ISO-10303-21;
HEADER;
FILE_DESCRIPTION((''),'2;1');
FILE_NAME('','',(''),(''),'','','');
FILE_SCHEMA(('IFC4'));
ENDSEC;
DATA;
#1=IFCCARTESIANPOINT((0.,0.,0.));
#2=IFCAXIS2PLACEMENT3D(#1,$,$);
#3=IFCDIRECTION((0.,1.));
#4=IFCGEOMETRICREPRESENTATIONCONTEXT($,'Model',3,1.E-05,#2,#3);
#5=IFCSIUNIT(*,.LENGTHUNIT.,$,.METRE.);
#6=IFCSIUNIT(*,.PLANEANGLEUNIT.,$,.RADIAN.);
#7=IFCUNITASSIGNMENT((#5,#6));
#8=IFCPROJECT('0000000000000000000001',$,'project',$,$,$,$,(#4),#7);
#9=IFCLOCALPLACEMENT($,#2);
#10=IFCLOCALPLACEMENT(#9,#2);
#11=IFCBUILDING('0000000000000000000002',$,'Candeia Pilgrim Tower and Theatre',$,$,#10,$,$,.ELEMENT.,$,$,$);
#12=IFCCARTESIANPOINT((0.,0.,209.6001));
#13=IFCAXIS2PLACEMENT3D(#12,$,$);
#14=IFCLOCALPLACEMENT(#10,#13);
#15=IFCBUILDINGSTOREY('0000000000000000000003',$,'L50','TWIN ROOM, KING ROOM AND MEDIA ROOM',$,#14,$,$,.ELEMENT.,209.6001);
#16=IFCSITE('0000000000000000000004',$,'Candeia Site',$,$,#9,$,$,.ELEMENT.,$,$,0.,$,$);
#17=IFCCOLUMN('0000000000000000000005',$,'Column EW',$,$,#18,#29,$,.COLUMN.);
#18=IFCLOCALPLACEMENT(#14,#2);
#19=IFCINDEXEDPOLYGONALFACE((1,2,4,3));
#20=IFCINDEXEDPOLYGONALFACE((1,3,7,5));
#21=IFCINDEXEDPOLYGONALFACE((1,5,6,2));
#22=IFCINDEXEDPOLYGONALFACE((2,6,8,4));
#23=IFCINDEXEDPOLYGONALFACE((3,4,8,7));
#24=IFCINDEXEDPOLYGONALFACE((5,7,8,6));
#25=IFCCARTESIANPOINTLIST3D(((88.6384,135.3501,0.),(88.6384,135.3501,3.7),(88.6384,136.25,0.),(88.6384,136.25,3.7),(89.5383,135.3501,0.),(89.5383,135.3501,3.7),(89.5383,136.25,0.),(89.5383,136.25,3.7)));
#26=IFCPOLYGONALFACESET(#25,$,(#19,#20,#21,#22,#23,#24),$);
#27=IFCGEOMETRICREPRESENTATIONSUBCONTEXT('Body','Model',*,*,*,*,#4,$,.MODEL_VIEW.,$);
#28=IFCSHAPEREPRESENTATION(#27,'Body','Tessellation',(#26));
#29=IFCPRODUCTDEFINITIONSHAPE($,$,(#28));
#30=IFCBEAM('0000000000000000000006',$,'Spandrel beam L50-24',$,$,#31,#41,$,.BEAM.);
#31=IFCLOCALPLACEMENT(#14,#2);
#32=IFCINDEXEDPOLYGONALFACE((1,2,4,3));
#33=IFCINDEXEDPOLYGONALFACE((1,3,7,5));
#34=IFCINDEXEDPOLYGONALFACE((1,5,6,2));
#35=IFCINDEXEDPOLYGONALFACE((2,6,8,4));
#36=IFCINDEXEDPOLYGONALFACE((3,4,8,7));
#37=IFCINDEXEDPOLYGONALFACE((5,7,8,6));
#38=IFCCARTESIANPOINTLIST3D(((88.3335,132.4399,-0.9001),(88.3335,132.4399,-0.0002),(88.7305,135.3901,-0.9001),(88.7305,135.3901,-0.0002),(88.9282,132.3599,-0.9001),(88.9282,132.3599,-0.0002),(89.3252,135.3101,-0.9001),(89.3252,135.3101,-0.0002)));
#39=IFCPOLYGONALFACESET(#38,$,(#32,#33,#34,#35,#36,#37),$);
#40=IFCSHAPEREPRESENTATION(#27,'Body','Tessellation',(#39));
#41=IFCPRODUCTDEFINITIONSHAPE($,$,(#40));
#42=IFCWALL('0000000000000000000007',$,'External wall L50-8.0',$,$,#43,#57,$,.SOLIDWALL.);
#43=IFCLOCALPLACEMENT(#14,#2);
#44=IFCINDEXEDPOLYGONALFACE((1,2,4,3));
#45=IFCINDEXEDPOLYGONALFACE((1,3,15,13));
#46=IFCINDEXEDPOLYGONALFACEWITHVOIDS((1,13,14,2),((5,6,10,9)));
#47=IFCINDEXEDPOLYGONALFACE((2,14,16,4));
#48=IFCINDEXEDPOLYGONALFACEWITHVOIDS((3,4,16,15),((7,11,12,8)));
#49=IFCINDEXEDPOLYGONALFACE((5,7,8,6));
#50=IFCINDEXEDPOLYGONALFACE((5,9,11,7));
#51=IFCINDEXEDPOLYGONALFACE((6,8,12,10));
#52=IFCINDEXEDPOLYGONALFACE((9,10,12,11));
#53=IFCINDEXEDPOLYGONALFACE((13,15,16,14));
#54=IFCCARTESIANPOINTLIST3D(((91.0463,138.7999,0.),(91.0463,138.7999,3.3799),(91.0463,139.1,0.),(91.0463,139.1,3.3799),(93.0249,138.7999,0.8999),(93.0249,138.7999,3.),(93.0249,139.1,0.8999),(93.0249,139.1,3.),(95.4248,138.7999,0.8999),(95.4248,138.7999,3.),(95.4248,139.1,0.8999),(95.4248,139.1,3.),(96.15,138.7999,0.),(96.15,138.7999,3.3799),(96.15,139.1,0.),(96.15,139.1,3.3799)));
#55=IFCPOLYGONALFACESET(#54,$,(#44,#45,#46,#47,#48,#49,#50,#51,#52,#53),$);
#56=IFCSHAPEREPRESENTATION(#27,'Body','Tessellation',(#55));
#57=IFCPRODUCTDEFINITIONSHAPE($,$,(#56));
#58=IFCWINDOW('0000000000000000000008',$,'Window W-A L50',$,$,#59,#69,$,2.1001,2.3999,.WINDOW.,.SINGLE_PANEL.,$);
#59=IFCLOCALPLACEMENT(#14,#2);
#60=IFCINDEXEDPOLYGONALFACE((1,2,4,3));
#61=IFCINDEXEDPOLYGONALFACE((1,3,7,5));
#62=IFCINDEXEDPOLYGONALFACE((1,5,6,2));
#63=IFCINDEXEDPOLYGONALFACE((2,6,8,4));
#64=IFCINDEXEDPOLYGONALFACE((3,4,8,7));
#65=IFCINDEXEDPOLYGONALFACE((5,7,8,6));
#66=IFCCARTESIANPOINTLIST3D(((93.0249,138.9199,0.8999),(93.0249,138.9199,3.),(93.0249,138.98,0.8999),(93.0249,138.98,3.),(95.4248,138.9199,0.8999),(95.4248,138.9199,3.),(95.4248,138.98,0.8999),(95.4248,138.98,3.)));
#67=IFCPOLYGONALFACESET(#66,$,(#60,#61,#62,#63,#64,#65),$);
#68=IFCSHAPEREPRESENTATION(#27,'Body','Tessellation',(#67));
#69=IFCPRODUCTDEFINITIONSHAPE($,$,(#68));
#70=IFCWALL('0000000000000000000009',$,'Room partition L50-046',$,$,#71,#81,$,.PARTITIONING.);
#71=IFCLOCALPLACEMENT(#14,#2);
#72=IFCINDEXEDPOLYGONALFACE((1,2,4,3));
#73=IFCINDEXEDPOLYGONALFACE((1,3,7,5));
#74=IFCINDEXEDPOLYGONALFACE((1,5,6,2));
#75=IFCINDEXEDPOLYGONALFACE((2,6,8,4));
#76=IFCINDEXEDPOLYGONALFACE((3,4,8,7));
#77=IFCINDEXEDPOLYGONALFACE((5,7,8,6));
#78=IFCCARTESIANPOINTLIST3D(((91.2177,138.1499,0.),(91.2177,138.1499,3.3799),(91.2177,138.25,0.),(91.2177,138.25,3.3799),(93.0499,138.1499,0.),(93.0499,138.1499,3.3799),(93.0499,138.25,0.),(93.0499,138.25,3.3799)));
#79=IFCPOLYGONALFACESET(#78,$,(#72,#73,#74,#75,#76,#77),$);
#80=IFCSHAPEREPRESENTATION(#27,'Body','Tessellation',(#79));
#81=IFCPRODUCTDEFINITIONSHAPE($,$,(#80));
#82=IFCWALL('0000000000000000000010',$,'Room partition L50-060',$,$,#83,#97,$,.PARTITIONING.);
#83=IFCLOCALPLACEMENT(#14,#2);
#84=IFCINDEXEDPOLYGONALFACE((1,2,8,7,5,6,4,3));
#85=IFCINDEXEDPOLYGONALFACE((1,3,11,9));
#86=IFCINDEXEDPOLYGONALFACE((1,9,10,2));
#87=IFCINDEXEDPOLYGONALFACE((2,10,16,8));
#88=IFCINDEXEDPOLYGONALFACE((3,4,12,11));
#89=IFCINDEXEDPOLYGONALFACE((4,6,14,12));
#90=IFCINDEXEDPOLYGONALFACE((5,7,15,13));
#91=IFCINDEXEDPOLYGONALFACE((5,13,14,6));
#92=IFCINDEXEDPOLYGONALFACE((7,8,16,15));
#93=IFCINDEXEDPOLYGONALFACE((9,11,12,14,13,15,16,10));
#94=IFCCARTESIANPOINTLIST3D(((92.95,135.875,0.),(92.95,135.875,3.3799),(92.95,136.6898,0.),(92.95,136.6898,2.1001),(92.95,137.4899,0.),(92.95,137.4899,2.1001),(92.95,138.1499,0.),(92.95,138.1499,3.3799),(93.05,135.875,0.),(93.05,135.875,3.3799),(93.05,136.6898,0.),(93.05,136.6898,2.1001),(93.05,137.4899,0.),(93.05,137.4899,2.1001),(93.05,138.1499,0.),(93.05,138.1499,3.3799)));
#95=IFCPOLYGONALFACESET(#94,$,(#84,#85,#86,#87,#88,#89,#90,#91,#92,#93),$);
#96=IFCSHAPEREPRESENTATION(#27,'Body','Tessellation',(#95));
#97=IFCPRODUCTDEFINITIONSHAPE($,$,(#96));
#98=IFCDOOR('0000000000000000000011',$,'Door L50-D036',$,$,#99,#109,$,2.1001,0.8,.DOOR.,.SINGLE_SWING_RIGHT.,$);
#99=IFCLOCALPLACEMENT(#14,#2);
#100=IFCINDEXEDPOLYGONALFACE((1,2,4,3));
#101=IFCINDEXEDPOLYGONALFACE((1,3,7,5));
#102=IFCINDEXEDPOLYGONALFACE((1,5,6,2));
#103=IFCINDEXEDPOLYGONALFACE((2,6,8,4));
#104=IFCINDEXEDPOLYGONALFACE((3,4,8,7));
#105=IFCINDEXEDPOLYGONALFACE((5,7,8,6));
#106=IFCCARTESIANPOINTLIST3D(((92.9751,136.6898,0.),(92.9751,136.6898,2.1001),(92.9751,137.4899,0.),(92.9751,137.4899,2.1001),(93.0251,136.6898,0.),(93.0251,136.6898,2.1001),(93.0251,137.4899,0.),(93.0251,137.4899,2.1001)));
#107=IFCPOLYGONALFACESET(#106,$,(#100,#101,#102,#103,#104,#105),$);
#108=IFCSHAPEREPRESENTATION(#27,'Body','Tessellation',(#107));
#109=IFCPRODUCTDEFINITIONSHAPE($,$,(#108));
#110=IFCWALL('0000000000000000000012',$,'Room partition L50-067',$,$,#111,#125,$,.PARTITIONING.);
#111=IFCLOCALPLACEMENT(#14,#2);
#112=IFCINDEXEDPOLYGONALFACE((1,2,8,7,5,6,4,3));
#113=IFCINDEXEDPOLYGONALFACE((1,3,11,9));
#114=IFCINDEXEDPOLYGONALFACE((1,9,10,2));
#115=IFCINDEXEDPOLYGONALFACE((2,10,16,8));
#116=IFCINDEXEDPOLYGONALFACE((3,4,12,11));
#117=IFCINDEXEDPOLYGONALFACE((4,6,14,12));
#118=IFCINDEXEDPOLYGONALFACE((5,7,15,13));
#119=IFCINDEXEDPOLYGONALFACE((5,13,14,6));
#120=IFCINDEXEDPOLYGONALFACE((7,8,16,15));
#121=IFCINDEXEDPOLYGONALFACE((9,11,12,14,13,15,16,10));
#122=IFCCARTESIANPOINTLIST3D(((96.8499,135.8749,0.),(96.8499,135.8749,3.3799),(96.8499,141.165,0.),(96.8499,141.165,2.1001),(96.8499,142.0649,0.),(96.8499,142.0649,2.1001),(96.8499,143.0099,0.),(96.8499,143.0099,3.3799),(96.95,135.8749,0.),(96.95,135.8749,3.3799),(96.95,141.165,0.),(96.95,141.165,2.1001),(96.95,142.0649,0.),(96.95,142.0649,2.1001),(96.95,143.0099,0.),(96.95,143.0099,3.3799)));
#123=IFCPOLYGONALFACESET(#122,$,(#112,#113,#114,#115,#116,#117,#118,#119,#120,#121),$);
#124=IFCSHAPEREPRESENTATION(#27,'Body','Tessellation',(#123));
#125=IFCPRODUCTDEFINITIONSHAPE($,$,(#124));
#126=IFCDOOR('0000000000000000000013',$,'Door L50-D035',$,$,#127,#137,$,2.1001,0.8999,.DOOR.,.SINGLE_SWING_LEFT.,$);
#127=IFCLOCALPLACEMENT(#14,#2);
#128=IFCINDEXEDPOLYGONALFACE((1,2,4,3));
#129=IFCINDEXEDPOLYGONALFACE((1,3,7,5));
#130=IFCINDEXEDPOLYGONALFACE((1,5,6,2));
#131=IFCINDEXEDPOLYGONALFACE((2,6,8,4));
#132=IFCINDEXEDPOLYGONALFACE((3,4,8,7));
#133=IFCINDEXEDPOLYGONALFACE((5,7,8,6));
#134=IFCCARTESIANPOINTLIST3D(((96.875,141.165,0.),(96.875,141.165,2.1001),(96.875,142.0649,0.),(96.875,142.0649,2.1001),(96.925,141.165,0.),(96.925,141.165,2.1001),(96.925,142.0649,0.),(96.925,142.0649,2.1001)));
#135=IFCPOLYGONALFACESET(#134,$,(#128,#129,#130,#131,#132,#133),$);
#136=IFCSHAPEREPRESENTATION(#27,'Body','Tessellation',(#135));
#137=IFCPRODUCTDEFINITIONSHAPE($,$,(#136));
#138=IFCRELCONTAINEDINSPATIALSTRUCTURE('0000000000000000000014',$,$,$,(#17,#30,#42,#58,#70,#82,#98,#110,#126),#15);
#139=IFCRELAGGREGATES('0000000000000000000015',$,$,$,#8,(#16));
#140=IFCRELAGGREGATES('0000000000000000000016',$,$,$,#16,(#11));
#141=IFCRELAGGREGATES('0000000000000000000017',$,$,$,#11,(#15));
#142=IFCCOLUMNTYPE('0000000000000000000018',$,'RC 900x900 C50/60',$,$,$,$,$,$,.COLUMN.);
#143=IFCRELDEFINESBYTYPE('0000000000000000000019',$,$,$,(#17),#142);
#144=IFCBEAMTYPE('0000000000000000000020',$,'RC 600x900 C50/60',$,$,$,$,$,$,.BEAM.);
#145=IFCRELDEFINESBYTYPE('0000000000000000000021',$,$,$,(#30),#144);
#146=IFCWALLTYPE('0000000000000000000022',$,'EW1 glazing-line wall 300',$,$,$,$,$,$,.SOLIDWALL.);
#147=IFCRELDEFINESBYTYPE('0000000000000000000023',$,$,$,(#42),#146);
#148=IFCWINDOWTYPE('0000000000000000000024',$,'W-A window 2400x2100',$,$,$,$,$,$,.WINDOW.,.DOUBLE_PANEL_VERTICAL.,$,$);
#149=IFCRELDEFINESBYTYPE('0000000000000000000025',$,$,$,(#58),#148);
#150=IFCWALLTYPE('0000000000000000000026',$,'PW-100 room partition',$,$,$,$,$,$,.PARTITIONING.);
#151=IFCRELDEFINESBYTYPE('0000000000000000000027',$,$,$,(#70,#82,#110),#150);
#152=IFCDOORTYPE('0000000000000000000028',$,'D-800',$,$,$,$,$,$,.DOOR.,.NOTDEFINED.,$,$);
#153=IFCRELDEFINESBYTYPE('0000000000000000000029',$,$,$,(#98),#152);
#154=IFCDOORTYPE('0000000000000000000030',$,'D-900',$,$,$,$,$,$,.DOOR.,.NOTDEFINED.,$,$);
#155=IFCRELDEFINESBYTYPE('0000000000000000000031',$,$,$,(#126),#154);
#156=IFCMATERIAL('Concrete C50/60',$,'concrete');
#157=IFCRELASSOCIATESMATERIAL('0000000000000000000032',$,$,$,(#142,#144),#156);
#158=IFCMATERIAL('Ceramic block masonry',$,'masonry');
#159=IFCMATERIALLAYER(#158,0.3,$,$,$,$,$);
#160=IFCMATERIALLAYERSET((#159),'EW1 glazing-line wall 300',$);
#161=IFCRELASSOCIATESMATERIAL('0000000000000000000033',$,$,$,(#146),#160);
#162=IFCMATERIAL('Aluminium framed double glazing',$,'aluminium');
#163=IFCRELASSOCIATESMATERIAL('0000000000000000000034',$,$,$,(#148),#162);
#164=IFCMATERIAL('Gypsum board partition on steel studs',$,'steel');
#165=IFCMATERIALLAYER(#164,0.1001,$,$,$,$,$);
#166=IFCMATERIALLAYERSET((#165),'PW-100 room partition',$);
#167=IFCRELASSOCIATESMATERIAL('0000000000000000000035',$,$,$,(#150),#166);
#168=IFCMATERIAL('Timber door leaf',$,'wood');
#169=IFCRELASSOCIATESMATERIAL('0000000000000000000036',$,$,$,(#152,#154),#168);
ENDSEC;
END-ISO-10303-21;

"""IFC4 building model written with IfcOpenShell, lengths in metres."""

from ifc_helpers import new_model, si_unit, direction, frame, frame_2d, origin, origin_2d, place, context, subcontext, project, spatial, rectangle, extrude, material, layer, layer_set, material_profile, profile_set, type_object, element, fill, save


model = new_model("IFC4")

# Units and contexts
model_context = context("Model", 3, precision=1e-05, world=origin(), true_north=direction((0.0, 1.0)))
body_context = subcontext(model_context, "Body", "Model", "MODEL_VIEW")
ifc_project = project(units=[si_unit("LENGTHUNIT", "METRE"), si_unit("PLANEANGLEUNIT", "RADIAN")], contexts=[model_context])

# Site, building, storey
site_placement = place(None, origin())
site = spatial("IfcSite", under=ifc_project, at=site_placement, Name="Candeia Site", CompositionType="ELEMENT", RefElevation=0.0)
building_placement = place(site_placement, origin())
building = spatial("IfcBuilding", under=site, at=building_placement, Name="Candeia Pilgrim Tower and Theatre", CompositionType="ELEMENT")
storey_placement = place(building_placement, frame((0.0, 0.0, 209.6001)))
storey = spatial("IfcBuildingStorey", under=building, at=storey_placement, Name="L50", Description="TWIN ROOM, KING ROOM AND MEDIA ROOM", CompositionType="ELEMENT", Elevation=209.6001)

# Column
ifc_material_1 = material(Name="Concrete C50/60", Category="concrete")
ifc_material_profile_1 = material_profile(ifc_material_1, rectangle(XDim=0.8999, YDim=0.8999, at=origin_2d()))
ifc_profile_set_1 = profile_set([ifc_material_profile_1], Name="Concrete C50/60")
column_type = type_object("IfcColumnType", Name="RC 900x900 C50/60", PredefinedType="COLUMN", material=ifc_profile_set_1)
column_placement = place(storey_placement, frame((89.0884, 135.8, 0.0), z_axis=(0.0, 0.0, 1.0), x_axis=(1.0, 0.0, 0.0)))
element("IfcColumn", 1, at=column_placement, inside=storey, type_object=column_type, Name="Column EW", PredefinedType="COLUMN", context=body_context, shape_type="SweptSolid", body=[
    extrude(rectangle(XDim=0.8999, YDim=0.8999, at=origin_2d()), origin(), (0.0, 0.0, 1.0), 3.7),
])

# Beam
ifc_material_profile_2 = material_profile(ifc_material_1, rectangle(XDim=0.6001, YDim=0.8999, at=origin_2d()))
ifc_profile_set_2 = profile_set([ifc_material_profile_2], Name="Concrete C50/60")
beam_type = type_object("IfcBeamType", Name="RC 600x900 C50/60", PredefinedType="BEAM", material=ifc_profile_set_2)
beam_placement = place(storey_placement, frame((89.0278, 135.3501, -0.4502), z_axis=(-0.133356, -0.991068, 0.0), x_axis=(0.991068, -0.133356, 0.0)))
element("IfcBeam", 2, at=beam_placement, inside=storey, type_object=beam_type, Name="Spandrel beam L50-24", PredefinedType="BEAM", context=body_context, shape_type="SweptSolid", body=[
    extrude(rectangle(XDim=0.6001, YDim=0.8999, at=origin_2d()), origin(), (0.0, 0.0, 1.0), 2.9768),
])

# Wall, opening, window
ifc_material_2 = material(Name="Ceramic block masonry", Category="masonry")
ifc_layer_1 = layer(ifc_material_2, 0.3)
ifc_layer_set_1 = layer_set([ifc_layer_1], Name="EW1 glazing-line wall 300")
wall_type_1 = type_object("IfcWallType", Name="EW1 glazing-line wall 300", PredefinedType="SOLIDWALL", material=ifc_layer_set_1)
wall_1_placement = place(storey_placement, frame((96.1499, 138.95, 0.0), z_axis=(0.0, 0.0, 1.0), x_axis=(-1.0, 0.0, 0.0)))
wall_1 = element("IfcWall", 3, at=wall_1_placement, inside=storey, type_object=wall_type_1, Name="External wall L50-8.0", PredefinedType="SOLIDWALL", context=body_context, shape_type="SweptSolid", body=[
    extrude(rectangle(XDim=5.1038, YDim=0.3, at=frame_2d((2.5518, 0.0))), origin(), (0.0, 0.0, 1.0), 3.3799),
])
opening_1_placement = place(wall_1_placement, frame((0.7251, 0.0, 0.8999)))
opening_1 = element("IfcOpeningElement", 4, at=opening_1_placement, cuts=wall_1, PredefinedType="OPENING", context=body_context, shape_type="SweptSolid", body=[
    extrude(rectangle(XDim=2.3999, YDim=2.1001, at=frame_2d((1.2, 1.05))), frame((0.0, 0.1602, 0.0), z_axis=(0.0, -1.0, 0.0), x_axis=(1.0, 0.0, 0.0)), (0.0, 0.0, 1.0), 0.3201),
])
ifc_material_3 = material(Name="Aluminium framed double glazing", Category="aluminium")
window_type_1 = type_object("IfcWindowType", Name="W-A window 2400x2100", PartitioningType="DOUBLE_PANEL_VERTICAL", PredefinedType="WINDOW", material=ifc_material_3)
window_1_placement = place(opening_1_placement, origin())
window_1 = element("IfcWindow", 5, at=window_1_placement, inside=storey, type_object=window_type_1, Name="Window W-A L50", OverallHeight=2.1001, OverallWidth=2.3999, PartitioningType="SINGLE_PANEL", PredefinedType="WINDOW", context=body_context, shape_type="SweptSolid", body=[
    extrude(rectangle(XDim=2.3999, YDim=2.1001, at=frame_2d((1.2, 1.05))), frame((0.0, 0.03, 0.0), z_axis=(0.0, -1.0, 0.0), x_axis=(1.0, 0.0, 0.0)), (0.0, 0.0, 1.0), 0.0601),
])
fill(opening_1, window_1)

# Wall
ifc_material_4 = material(Name="Gypsum board partition on steel studs", Category="steel")
ifc_layer_2 = layer(ifc_material_4, 0.1001)
ifc_layer_set_2 = layer_set([ifc_layer_2], Name="PW-100 room partition")
wall_type_2 = type_object("IfcWallType", Name="PW-100 room partition", PredefinedType="PARTITIONING", material=ifc_layer_set_2)
wall_2_placement = place(storey_placement, frame((91.2178, 138.2, 0.0), z_axis=(0.0, 0.0, 1.0), x_axis=(1.0, 0.0, 0.0)))
element("IfcWall", 6, at=wall_2_placement, inside=storey, type_object=wall_type_2, Name="Room partition L50-046", PredefinedType="PARTITIONING", context=body_context, shape_type="SweptSolid", body=[
    extrude(rectangle(XDim=1.8323, YDim=0.1001, at=frame_2d((0.916, 0.0))), origin(), (0.0, 0.0, 1.0), 3.3799),
])

# Walls, openings, doors
wall_3_placement = place(storey_placement, frame((93.0, 135.875, 0.0), z_axis=(0.0, 0.0, 1.0), x_axis=(0.0, 1.0, 0.0)))
wall_3 = element("IfcWall", 7, at=wall_3_placement, inside=storey, type_object=wall_type_2, Name="Room partition L50-060", PredefinedType="PARTITIONING", context=body_context, shape_type="SweptSolid", body=[
    extrude(rectangle(XDim=2.2749, YDim=0.1001, at=frame_2d((1.1375, 0.0))), origin(), (0.0, 0.0, 1.0), 3.3799),
])
opening_2_placement = place(wall_3_placement, frame((0.8149, 0.0, 0.0)))
opening_2 = element("IfcOpeningElement", 8, at=opening_2_placement, cuts=wall_3, PredefinedType="OPENING", context=body_context, shape_type="SweptSolid", body=[
    extrude(rectangle(XDim=0.8, YDim=2.1001, at=frame_2d((0.3999, 1.05))), frame((0.0, 0.0601, 0.0), z_axis=(0.0, -1.0, 0.0), x_axis=(1.0, 0.0, 0.0)), (0.0, 0.0, 1.0), 0.1201),
])
ifc_material_5 = material(Name="Timber door leaf", Category="wood")
door_type_1 = type_object("IfcDoorType", Name="D-800", OperationType="NOTDEFINED", PredefinedType="DOOR", material=ifc_material_5)
door_1_placement = place(opening_2_placement, origin())
door_1 = element("IfcDoor", 9, at=door_1_placement, inside=storey, type_object=door_type_1, Name="Door L50-D036", OperationType="SINGLE_SWING_RIGHT", OverallHeight=2.1001, OverallWidth=0.8, PredefinedType="DOOR", context=body_context, shape_type="SweptSolid", body=[
    extrude(rectangle(XDim=0.8, YDim=2.1001, at=frame_2d((0.3999, 1.05))), frame((0.0, 0.0249, 0.0), z_axis=(0.0, -1.0, 0.0), x_axis=(1.0, 0.0, 0.0)), (0.0, 0.0, 1.0), 0.05),
])
fill(opening_2, door_1)
wall_4_placement = place(storey_placement, frame((96.8999, 135.875, 0.0), z_axis=(0.0, 0.0, 1.0), x_axis=(0.0, 1.0, 0.0)))
wall_4 = element("IfcWall", 10, at=wall_4_placement, inside=storey, type_object=wall_type_2, Name="Room partition L50-067", PredefinedType="PARTITIONING", context=body_context, shape_type="SweptSolid", body=[
    extrude(rectangle(XDim=7.135, YDim=0.1001, at=frame_2d((3.5674, 0.0))), origin(), (0.0, 0.0, 1.0), 3.3799),
])
opening_3_placement = place(wall_4_placement, frame((5.29, 0.0, 0.0)))
opening_3 = element("IfcOpeningElement", 11, at=opening_3_placement, cuts=wall_4, PredefinedType="OPENING", context=body_context, shape_type="SweptSolid", body=[
    extrude(rectangle(XDim=0.8999, YDim=2.1001, at=frame_2d((0.45, 1.05))), frame((0.0, 0.0601, 0.0), z_axis=(0.0, -1.0, 0.0), x_axis=(1.0, 0.0, 0.0)), (0.0, 0.0, 1.0), 0.1201),
])
door_type_2 = type_object("IfcDoorType", Name="D-900", OperationType="NOTDEFINED", PredefinedType="DOOR", material=ifc_material_5)
door_2_placement = place(opening_3_placement, origin())
door_2 = element("IfcDoor", 12, at=door_2_placement, inside=storey, type_object=door_type_2, Name="Door L50-D035", OperationType="SINGLE_SWING_LEFT", OverallHeight=2.1001, OverallWidth=0.8999, PredefinedType="DOOR", context=body_context, shape_type="SweptSolid", body=[
    extrude(rectangle(XDim=0.8999, YDim=2.1001, at=frame_2d((0.45, 1.05))), frame((0.0, 0.0249, 0.0), z_axis=(0.0, -1.0, 0.0), x_axis=(1.0, 0.0, 0.0)), (0.0, 0.0, 1.0), 0.05),
])
fill(opening_3, door_2)

save(model, "model.ifc")
